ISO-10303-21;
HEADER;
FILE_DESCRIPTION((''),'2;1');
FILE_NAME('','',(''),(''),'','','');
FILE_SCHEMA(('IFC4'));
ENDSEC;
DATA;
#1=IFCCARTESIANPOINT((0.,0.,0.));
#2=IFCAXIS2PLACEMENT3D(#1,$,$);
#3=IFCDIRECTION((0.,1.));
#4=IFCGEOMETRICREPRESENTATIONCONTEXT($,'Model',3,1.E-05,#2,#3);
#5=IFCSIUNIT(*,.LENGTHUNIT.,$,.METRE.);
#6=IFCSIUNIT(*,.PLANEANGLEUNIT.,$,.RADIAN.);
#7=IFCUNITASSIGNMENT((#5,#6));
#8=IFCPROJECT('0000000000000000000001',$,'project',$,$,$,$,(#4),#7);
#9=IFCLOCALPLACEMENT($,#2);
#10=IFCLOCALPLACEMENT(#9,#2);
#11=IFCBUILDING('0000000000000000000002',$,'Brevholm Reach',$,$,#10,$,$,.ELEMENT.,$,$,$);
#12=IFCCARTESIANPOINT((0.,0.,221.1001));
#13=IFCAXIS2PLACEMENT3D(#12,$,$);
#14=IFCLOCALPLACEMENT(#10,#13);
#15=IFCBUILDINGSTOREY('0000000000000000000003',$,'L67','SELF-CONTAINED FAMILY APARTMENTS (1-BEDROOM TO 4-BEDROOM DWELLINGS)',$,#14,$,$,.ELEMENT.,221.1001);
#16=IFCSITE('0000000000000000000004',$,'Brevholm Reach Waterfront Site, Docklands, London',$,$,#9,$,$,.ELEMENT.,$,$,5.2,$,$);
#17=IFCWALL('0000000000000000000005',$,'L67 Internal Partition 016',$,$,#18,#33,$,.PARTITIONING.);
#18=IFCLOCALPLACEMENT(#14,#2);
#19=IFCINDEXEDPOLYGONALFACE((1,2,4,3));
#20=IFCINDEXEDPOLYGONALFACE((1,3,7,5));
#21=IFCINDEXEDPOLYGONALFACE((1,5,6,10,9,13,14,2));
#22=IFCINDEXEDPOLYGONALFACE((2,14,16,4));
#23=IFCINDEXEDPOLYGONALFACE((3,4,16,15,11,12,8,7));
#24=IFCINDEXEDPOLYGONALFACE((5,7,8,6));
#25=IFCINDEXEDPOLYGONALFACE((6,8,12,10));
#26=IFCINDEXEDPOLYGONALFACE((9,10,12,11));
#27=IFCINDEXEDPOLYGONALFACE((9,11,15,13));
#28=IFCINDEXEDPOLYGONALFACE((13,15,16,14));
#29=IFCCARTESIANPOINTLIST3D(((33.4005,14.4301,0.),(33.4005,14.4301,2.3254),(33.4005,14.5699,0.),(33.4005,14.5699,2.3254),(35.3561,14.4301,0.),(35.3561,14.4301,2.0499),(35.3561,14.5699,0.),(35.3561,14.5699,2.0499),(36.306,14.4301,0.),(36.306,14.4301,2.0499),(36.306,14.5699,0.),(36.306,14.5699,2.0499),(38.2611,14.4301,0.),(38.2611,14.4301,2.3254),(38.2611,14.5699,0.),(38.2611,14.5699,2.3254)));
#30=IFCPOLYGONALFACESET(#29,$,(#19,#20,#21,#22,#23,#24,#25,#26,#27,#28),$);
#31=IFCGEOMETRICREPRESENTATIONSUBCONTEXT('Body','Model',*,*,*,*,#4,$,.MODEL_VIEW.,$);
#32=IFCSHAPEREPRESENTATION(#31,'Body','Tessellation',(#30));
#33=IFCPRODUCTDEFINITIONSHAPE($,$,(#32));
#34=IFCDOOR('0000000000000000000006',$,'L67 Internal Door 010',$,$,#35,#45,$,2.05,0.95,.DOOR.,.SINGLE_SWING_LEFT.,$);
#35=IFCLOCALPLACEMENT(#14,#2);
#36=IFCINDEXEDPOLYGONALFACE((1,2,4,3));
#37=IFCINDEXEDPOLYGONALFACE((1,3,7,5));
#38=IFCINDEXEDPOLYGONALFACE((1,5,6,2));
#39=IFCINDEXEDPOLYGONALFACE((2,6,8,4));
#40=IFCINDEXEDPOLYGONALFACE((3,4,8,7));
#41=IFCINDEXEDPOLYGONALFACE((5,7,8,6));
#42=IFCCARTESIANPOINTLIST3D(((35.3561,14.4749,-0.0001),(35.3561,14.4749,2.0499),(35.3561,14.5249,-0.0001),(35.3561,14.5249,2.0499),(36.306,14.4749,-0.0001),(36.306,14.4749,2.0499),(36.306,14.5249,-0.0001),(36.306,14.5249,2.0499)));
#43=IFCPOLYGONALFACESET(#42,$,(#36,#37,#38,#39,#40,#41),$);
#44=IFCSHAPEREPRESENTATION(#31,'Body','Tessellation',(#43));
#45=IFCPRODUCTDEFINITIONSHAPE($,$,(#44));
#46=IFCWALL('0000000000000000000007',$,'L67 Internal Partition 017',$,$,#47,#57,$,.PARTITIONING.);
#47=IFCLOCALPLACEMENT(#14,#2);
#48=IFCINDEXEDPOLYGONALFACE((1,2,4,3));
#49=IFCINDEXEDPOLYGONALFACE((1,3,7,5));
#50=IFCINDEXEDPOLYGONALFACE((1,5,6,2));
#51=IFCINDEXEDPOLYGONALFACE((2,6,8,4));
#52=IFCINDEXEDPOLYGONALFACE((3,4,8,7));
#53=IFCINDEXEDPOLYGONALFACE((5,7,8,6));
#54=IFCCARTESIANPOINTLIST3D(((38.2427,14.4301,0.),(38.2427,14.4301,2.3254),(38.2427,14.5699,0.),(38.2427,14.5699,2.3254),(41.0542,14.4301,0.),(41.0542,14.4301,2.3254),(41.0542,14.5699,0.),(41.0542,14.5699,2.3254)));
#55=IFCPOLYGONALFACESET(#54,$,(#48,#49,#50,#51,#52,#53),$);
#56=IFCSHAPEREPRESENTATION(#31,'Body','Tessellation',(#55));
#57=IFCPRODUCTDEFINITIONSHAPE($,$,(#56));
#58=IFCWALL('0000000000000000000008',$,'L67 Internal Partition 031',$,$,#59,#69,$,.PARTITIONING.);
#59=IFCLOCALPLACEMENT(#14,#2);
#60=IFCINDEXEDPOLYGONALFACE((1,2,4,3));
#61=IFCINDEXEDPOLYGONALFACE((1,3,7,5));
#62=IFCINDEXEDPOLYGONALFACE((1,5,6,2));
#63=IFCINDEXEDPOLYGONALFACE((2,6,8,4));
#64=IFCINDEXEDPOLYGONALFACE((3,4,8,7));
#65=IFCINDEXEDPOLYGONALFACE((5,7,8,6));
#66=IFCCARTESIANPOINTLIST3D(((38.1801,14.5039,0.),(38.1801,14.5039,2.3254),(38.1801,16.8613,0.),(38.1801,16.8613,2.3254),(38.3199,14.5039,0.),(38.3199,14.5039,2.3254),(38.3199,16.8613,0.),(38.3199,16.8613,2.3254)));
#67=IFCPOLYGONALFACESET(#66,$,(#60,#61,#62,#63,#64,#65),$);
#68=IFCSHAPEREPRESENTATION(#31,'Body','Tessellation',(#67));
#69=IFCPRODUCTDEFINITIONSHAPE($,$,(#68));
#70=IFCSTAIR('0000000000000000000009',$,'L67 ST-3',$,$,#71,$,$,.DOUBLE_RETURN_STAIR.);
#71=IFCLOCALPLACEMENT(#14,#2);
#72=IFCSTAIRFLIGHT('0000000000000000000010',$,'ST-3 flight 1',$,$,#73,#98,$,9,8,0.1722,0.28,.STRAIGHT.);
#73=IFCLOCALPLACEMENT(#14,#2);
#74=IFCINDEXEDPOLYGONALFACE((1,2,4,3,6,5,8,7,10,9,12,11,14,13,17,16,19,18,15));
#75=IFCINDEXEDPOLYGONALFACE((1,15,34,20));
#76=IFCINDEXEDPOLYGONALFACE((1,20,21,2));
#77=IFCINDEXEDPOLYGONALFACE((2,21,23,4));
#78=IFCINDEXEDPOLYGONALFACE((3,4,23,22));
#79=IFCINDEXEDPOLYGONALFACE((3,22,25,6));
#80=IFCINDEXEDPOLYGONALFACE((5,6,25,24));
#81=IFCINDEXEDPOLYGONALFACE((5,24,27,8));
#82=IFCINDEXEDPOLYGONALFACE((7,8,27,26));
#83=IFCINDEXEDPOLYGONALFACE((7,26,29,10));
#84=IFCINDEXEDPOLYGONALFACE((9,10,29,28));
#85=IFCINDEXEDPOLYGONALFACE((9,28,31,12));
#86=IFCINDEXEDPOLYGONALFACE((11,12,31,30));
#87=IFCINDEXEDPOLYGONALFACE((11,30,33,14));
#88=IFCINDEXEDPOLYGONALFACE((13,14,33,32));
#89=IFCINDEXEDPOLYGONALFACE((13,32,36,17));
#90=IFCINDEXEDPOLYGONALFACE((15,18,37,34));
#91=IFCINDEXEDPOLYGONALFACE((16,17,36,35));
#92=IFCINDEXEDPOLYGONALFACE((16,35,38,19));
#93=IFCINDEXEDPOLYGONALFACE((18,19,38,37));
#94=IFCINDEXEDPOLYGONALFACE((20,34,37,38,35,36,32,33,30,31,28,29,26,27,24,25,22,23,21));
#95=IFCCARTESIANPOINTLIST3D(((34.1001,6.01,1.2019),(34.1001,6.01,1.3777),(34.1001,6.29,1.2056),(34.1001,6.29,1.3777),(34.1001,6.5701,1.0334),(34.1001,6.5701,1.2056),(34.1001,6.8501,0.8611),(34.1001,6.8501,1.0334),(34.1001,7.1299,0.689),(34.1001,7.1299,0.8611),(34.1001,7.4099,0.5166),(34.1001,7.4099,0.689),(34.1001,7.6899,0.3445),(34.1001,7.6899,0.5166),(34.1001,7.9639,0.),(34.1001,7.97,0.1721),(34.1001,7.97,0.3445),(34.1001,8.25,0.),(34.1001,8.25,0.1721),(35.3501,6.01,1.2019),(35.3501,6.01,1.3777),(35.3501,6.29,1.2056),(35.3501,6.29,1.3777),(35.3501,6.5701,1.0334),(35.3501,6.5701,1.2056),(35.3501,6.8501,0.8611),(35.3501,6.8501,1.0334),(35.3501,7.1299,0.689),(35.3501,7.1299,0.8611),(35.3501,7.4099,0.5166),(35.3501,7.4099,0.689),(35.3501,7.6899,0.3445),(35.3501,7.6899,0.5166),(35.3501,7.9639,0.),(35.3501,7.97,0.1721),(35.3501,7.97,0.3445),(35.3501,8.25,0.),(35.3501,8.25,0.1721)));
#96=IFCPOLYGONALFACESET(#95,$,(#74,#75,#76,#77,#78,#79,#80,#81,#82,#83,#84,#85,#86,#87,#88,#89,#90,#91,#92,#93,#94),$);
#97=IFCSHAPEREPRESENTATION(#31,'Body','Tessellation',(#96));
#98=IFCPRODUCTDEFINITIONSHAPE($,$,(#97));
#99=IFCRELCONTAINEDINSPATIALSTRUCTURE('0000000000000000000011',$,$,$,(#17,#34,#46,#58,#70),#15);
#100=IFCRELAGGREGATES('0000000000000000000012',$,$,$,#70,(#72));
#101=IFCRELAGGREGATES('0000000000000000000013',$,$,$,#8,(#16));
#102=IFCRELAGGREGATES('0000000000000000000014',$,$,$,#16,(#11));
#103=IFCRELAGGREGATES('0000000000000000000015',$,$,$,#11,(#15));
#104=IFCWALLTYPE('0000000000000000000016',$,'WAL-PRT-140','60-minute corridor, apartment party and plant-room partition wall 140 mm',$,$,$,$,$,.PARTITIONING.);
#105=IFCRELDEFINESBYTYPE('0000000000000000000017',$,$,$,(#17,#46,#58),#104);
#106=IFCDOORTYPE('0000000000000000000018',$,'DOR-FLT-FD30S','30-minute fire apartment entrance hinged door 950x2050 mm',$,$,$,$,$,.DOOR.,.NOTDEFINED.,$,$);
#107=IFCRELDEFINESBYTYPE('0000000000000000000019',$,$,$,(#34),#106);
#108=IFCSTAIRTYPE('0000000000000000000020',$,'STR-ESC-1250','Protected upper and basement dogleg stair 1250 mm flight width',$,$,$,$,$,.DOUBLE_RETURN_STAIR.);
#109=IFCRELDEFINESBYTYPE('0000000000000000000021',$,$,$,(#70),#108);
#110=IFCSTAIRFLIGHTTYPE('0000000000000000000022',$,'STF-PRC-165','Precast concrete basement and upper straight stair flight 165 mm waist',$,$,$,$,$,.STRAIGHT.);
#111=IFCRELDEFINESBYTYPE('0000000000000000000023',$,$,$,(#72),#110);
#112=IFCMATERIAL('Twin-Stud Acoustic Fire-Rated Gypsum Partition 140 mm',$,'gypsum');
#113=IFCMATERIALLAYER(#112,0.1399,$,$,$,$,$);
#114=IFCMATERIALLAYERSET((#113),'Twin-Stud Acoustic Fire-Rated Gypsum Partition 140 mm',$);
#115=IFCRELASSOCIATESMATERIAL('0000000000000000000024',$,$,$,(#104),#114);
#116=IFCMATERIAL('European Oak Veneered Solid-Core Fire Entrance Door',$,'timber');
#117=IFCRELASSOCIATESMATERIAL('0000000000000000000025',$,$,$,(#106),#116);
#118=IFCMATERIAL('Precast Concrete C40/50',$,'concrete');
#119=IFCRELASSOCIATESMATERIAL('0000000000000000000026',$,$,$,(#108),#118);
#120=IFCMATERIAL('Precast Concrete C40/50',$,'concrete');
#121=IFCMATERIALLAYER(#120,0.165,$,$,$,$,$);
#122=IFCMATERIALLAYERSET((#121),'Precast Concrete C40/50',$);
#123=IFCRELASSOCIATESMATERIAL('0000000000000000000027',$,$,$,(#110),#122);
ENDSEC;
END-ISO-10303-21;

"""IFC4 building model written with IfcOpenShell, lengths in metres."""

from ifc_helpers import new_model, si_unit, direction, frame, frame_2d, origin, place, context, subcontext, project, spatial, polyline, rectangle, outline, extrude, material, layer, layer_set, type_object, element, fill, aggregate, save


model = new_model("IFC4")

# Units and contexts
model_context = context("Model", 3, precision=1e-05, world=origin(), true_north=direction((0.0, 1.0)))
body_context = subcontext(model_context, "Body", "Model", "MODEL_VIEW")
ifc_project = project(units=[si_unit("LENGTHUNIT", "METRE"), si_unit("PLANEANGLEUNIT", "RADIAN")], contexts=[model_context])

# Site, building, storey
site_placement = place(None, origin())
site = spatial("IfcSite", under=ifc_project, at=site_placement, Name="Brevholm Reach Waterfront Site, Docklands, London", CompositionType="ELEMENT", RefElevation=5.2)
building_placement = place(site_placement, origin())
building = spatial("IfcBuilding", under=site, at=building_placement, Name="Brevholm Reach", CompositionType="ELEMENT")
storey_placement = place(building_placement, frame((0.0, 0.0, 221.1001)))
storey = spatial("IfcBuildingStorey", under=building, at=storey_placement, Name="L67", Description="SELF-CONTAINED FAMILY APARTMENTS (1-BEDROOM TO 4-BEDROOM DWELLINGS)", CompositionType="ELEMENT", Elevation=221.1001)

# Shared definitions
ifc_material_1 = material(Name="Twin-Stud Acoustic Fire-Rated Gypsum Partition 140 mm", Category="gypsum")
ifc_layer_1 = layer(ifc_material_1, 0.1399)
ifc_layer_set_1 = layer_set([ifc_layer_1], Name="Twin-Stud Acoustic Fire-Rated Gypsum Partition 140 mm")
wall_type_1 = type_object("IfcWallType", Name="WAL-PRT-140", Description="60-minute corridor, apartment party and plant-room partition wall 140 mm", PredefinedType="PARTITIONING", material=ifc_layer_set_1)
ifc_material_2 = material(Name="European Oak Veneered Solid-Core Fire Entrance Door", Category="timber")
door_type_1 = type_object("IfcDoorType", Name="DOR-FLT-FD30S", Description="30-minute fire apartment entrance hinged door 950x2050 mm", OperationType="NOTDEFINED", PredefinedType="DOOR", material=ifc_material_2)

# Wall, opening, door
wall_1_placement = place(storey_placement, frame((33.4006, 14.5, 0.0), z_axis=(0.0, 0.0, 1.0), x_axis=(1.0, 0.0, 0.0)))
wall_1 = element("IfcWall", 1, at=wall_1_placement, inside=storey, type_object=wall_type_1, Name="L67 Internal Partition 016", PredefinedType="PARTITIONING", context=body_context, shape_type="SweptSolid", body=[
    extrude(rectangle(XDim=4.8606, YDim=0.1399, at=frame_2d((2.4302, 0.0))), origin(), (0.0, 0.0, 1.0), 2.3254),
])
opening_1_placement = place(wall_1_placement, frame((1.9553, 0.0, 0.0)))
opening_1 = element("IfcOpeningElement", 2, at=opening_1_placement, cuts=wall_1, PredefinedType="OPENING", context=body_context, shape_type="SweptSolid", body=[
    extrude(rectangle(XDim=0.95, YDim=2.05, at=frame_2d((0.4751, 1.0249))), frame((0.0, 0.0798, 0.0), z_axis=(0.0, -1.0, 0.0), x_axis=(1.0, 0.0, 0.0)), (0.0, 0.0, 1.0), 0.1599),
])
door_1_placement = place(opening_1_placement, origin())
door_1 = element("IfcDoor", 3, at=door_1_placement, inside=storey, type_object=door_type_1, Name="L67 Internal Door 010", OperationType="SINGLE_SWING_LEFT", OverallHeight=2.05, OverallWidth=0.95, PredefinedType="DOOR", context=body_context, shape_type="SweptSolid", body=[
    extrude(rectangle(XDim=0.95, YDim=2.05, at=frame_2d((0.4751, 1.0249))), frame((0.0, 0.0249, 0.0), z_axis=(0.0, -1.0, 0.0), x_axis=(1.0, 0.0, 0.0)), (0.0, 0.0, 1.0), 0.05),
])
fill(opening_1, door_1)

# Walls
wall_2_placement = place(storey_placement, frame((38.2427, 14.5, 0.0), z_axis=(0.0, 0.0, 1.0), x_axis=(1.0, 0.0, 0.0)))
element("IfcWall", 4, at=wall_2_placement, inside=storey, type_object=wall_type_1, Name="L67 Internal Partition 017", PredefinedType="PARTITIONING", context=body_context, shape_type="SweptSolid", body=[
    extrude(rectangle(XDim=2.8115, YDim=0.1399, at=frame_2d((1.4058, 0.0))), origin(), (0.0, 0.0, 1.0), 2.3254),
])
wall_3_placement = place(storey_placement, frame((38.25, 14.5039, 0.0), z_axis=(0.0, 0.0, 1.0), x_axis=(0.0, 1.0, 0.0)))
element("IfcWall", 5, at=wall_3_placement, inside=storey, type_object=wall_type_1, Name="L67 Internal Partition 031", PredefinedType="PARTITIONING", context=body_context, shape_type="SweptSolid", body=[
    extrude(rectangle(XDim=2.3574, YDim=0.1399, at=frame_2d((1.1787, 0.0))), origin(), (0.0, 0.0, 1.0), 2.3254),
])

# Stair, stair flight
ifc_material_3 = material(Name="Precast Concrete C40/50", Category="concrete")
stair_type = type_object("IfcStairType", Name="STR-ESC-1250", Description="Protected upper and basement dogleg stair 1250 mm flight width", PredefinedType="DOUBLE_RETURN_STAIR", material=ifc_material_3)
stair_placement = place(storey_placement, origin())
stair = element("IfcStair", 6, at=stair_placement, inside=storey, type_object=stair_type, Name="L67 ST-3", PredefinedType="DOUBLE_RETURN_STAIR")
ifc_material_4 = material(Name="Precast Concrete C40/50", Category="concrete")
ifc_layer_2 = layer(ifc_material_4, 0.165)
ifc_layer_set_2 = layer_set([ifc_layer_2], Name="Precast Concrete C40/50")
stair_flight_type = type_object("IfcStairFlightType", Name="STF-PRC-165", Description="Precast concrete basement and upper straight stair flight 165 mm waist", PredefinedType="STRAIGHT", material=ifc_layer_set_2)
stair_flight_placement = place(storey_placement, frame((34.7251, 8.25, 0.0), z_axis=(0.0, 0.0, 1.0), x_axis=(0.0, -1.0, 0.0)))
stair_flight = element("IfcStairFlight", 7, at=stair_flight_placement, type_object=stair_flight_type, Name="ST-3 flight 1", NumberOfRisers=9, NumberOfTreads=8, PredefinedType="STRAIGHT", RiserHeight=0.1722, TreadLength=0.28, context=body_context, shape_type="SweptSolid", body=[
    extrude(outline(polyline([(0.0, 0.0), (0.0, 0.1721), (0.28, 0.1721), (0.28, 0.3445), (0.5601, 0.3445), (0.5601, 0.5166), (0.8401, 0.5166), (0.8401, 0.689), (1.1201, 0.689), (1.1201, 0.8611), (1.3999, 0.8611), (1.3999, 1.0334), (1.6799, 1.0334), (1.6799, 1.2056), (1.96, 1.2056), (1.96, 1.3777), (2.24, 1.3777), (2.24, 1.55), (2.24, 1.2019), (0.2861, 0.0), (0.0, 0.0)])), frame((0.0, 0.625, 0.0), z_axis=(0.0, -1.0, 0.0), x_axis=(1.0, 0.0, 0.0)), (0.0, 0.0, 1.0), 1.25),
])
aggregate(stair, [stair_flight])

save(model, "model.ifc")
